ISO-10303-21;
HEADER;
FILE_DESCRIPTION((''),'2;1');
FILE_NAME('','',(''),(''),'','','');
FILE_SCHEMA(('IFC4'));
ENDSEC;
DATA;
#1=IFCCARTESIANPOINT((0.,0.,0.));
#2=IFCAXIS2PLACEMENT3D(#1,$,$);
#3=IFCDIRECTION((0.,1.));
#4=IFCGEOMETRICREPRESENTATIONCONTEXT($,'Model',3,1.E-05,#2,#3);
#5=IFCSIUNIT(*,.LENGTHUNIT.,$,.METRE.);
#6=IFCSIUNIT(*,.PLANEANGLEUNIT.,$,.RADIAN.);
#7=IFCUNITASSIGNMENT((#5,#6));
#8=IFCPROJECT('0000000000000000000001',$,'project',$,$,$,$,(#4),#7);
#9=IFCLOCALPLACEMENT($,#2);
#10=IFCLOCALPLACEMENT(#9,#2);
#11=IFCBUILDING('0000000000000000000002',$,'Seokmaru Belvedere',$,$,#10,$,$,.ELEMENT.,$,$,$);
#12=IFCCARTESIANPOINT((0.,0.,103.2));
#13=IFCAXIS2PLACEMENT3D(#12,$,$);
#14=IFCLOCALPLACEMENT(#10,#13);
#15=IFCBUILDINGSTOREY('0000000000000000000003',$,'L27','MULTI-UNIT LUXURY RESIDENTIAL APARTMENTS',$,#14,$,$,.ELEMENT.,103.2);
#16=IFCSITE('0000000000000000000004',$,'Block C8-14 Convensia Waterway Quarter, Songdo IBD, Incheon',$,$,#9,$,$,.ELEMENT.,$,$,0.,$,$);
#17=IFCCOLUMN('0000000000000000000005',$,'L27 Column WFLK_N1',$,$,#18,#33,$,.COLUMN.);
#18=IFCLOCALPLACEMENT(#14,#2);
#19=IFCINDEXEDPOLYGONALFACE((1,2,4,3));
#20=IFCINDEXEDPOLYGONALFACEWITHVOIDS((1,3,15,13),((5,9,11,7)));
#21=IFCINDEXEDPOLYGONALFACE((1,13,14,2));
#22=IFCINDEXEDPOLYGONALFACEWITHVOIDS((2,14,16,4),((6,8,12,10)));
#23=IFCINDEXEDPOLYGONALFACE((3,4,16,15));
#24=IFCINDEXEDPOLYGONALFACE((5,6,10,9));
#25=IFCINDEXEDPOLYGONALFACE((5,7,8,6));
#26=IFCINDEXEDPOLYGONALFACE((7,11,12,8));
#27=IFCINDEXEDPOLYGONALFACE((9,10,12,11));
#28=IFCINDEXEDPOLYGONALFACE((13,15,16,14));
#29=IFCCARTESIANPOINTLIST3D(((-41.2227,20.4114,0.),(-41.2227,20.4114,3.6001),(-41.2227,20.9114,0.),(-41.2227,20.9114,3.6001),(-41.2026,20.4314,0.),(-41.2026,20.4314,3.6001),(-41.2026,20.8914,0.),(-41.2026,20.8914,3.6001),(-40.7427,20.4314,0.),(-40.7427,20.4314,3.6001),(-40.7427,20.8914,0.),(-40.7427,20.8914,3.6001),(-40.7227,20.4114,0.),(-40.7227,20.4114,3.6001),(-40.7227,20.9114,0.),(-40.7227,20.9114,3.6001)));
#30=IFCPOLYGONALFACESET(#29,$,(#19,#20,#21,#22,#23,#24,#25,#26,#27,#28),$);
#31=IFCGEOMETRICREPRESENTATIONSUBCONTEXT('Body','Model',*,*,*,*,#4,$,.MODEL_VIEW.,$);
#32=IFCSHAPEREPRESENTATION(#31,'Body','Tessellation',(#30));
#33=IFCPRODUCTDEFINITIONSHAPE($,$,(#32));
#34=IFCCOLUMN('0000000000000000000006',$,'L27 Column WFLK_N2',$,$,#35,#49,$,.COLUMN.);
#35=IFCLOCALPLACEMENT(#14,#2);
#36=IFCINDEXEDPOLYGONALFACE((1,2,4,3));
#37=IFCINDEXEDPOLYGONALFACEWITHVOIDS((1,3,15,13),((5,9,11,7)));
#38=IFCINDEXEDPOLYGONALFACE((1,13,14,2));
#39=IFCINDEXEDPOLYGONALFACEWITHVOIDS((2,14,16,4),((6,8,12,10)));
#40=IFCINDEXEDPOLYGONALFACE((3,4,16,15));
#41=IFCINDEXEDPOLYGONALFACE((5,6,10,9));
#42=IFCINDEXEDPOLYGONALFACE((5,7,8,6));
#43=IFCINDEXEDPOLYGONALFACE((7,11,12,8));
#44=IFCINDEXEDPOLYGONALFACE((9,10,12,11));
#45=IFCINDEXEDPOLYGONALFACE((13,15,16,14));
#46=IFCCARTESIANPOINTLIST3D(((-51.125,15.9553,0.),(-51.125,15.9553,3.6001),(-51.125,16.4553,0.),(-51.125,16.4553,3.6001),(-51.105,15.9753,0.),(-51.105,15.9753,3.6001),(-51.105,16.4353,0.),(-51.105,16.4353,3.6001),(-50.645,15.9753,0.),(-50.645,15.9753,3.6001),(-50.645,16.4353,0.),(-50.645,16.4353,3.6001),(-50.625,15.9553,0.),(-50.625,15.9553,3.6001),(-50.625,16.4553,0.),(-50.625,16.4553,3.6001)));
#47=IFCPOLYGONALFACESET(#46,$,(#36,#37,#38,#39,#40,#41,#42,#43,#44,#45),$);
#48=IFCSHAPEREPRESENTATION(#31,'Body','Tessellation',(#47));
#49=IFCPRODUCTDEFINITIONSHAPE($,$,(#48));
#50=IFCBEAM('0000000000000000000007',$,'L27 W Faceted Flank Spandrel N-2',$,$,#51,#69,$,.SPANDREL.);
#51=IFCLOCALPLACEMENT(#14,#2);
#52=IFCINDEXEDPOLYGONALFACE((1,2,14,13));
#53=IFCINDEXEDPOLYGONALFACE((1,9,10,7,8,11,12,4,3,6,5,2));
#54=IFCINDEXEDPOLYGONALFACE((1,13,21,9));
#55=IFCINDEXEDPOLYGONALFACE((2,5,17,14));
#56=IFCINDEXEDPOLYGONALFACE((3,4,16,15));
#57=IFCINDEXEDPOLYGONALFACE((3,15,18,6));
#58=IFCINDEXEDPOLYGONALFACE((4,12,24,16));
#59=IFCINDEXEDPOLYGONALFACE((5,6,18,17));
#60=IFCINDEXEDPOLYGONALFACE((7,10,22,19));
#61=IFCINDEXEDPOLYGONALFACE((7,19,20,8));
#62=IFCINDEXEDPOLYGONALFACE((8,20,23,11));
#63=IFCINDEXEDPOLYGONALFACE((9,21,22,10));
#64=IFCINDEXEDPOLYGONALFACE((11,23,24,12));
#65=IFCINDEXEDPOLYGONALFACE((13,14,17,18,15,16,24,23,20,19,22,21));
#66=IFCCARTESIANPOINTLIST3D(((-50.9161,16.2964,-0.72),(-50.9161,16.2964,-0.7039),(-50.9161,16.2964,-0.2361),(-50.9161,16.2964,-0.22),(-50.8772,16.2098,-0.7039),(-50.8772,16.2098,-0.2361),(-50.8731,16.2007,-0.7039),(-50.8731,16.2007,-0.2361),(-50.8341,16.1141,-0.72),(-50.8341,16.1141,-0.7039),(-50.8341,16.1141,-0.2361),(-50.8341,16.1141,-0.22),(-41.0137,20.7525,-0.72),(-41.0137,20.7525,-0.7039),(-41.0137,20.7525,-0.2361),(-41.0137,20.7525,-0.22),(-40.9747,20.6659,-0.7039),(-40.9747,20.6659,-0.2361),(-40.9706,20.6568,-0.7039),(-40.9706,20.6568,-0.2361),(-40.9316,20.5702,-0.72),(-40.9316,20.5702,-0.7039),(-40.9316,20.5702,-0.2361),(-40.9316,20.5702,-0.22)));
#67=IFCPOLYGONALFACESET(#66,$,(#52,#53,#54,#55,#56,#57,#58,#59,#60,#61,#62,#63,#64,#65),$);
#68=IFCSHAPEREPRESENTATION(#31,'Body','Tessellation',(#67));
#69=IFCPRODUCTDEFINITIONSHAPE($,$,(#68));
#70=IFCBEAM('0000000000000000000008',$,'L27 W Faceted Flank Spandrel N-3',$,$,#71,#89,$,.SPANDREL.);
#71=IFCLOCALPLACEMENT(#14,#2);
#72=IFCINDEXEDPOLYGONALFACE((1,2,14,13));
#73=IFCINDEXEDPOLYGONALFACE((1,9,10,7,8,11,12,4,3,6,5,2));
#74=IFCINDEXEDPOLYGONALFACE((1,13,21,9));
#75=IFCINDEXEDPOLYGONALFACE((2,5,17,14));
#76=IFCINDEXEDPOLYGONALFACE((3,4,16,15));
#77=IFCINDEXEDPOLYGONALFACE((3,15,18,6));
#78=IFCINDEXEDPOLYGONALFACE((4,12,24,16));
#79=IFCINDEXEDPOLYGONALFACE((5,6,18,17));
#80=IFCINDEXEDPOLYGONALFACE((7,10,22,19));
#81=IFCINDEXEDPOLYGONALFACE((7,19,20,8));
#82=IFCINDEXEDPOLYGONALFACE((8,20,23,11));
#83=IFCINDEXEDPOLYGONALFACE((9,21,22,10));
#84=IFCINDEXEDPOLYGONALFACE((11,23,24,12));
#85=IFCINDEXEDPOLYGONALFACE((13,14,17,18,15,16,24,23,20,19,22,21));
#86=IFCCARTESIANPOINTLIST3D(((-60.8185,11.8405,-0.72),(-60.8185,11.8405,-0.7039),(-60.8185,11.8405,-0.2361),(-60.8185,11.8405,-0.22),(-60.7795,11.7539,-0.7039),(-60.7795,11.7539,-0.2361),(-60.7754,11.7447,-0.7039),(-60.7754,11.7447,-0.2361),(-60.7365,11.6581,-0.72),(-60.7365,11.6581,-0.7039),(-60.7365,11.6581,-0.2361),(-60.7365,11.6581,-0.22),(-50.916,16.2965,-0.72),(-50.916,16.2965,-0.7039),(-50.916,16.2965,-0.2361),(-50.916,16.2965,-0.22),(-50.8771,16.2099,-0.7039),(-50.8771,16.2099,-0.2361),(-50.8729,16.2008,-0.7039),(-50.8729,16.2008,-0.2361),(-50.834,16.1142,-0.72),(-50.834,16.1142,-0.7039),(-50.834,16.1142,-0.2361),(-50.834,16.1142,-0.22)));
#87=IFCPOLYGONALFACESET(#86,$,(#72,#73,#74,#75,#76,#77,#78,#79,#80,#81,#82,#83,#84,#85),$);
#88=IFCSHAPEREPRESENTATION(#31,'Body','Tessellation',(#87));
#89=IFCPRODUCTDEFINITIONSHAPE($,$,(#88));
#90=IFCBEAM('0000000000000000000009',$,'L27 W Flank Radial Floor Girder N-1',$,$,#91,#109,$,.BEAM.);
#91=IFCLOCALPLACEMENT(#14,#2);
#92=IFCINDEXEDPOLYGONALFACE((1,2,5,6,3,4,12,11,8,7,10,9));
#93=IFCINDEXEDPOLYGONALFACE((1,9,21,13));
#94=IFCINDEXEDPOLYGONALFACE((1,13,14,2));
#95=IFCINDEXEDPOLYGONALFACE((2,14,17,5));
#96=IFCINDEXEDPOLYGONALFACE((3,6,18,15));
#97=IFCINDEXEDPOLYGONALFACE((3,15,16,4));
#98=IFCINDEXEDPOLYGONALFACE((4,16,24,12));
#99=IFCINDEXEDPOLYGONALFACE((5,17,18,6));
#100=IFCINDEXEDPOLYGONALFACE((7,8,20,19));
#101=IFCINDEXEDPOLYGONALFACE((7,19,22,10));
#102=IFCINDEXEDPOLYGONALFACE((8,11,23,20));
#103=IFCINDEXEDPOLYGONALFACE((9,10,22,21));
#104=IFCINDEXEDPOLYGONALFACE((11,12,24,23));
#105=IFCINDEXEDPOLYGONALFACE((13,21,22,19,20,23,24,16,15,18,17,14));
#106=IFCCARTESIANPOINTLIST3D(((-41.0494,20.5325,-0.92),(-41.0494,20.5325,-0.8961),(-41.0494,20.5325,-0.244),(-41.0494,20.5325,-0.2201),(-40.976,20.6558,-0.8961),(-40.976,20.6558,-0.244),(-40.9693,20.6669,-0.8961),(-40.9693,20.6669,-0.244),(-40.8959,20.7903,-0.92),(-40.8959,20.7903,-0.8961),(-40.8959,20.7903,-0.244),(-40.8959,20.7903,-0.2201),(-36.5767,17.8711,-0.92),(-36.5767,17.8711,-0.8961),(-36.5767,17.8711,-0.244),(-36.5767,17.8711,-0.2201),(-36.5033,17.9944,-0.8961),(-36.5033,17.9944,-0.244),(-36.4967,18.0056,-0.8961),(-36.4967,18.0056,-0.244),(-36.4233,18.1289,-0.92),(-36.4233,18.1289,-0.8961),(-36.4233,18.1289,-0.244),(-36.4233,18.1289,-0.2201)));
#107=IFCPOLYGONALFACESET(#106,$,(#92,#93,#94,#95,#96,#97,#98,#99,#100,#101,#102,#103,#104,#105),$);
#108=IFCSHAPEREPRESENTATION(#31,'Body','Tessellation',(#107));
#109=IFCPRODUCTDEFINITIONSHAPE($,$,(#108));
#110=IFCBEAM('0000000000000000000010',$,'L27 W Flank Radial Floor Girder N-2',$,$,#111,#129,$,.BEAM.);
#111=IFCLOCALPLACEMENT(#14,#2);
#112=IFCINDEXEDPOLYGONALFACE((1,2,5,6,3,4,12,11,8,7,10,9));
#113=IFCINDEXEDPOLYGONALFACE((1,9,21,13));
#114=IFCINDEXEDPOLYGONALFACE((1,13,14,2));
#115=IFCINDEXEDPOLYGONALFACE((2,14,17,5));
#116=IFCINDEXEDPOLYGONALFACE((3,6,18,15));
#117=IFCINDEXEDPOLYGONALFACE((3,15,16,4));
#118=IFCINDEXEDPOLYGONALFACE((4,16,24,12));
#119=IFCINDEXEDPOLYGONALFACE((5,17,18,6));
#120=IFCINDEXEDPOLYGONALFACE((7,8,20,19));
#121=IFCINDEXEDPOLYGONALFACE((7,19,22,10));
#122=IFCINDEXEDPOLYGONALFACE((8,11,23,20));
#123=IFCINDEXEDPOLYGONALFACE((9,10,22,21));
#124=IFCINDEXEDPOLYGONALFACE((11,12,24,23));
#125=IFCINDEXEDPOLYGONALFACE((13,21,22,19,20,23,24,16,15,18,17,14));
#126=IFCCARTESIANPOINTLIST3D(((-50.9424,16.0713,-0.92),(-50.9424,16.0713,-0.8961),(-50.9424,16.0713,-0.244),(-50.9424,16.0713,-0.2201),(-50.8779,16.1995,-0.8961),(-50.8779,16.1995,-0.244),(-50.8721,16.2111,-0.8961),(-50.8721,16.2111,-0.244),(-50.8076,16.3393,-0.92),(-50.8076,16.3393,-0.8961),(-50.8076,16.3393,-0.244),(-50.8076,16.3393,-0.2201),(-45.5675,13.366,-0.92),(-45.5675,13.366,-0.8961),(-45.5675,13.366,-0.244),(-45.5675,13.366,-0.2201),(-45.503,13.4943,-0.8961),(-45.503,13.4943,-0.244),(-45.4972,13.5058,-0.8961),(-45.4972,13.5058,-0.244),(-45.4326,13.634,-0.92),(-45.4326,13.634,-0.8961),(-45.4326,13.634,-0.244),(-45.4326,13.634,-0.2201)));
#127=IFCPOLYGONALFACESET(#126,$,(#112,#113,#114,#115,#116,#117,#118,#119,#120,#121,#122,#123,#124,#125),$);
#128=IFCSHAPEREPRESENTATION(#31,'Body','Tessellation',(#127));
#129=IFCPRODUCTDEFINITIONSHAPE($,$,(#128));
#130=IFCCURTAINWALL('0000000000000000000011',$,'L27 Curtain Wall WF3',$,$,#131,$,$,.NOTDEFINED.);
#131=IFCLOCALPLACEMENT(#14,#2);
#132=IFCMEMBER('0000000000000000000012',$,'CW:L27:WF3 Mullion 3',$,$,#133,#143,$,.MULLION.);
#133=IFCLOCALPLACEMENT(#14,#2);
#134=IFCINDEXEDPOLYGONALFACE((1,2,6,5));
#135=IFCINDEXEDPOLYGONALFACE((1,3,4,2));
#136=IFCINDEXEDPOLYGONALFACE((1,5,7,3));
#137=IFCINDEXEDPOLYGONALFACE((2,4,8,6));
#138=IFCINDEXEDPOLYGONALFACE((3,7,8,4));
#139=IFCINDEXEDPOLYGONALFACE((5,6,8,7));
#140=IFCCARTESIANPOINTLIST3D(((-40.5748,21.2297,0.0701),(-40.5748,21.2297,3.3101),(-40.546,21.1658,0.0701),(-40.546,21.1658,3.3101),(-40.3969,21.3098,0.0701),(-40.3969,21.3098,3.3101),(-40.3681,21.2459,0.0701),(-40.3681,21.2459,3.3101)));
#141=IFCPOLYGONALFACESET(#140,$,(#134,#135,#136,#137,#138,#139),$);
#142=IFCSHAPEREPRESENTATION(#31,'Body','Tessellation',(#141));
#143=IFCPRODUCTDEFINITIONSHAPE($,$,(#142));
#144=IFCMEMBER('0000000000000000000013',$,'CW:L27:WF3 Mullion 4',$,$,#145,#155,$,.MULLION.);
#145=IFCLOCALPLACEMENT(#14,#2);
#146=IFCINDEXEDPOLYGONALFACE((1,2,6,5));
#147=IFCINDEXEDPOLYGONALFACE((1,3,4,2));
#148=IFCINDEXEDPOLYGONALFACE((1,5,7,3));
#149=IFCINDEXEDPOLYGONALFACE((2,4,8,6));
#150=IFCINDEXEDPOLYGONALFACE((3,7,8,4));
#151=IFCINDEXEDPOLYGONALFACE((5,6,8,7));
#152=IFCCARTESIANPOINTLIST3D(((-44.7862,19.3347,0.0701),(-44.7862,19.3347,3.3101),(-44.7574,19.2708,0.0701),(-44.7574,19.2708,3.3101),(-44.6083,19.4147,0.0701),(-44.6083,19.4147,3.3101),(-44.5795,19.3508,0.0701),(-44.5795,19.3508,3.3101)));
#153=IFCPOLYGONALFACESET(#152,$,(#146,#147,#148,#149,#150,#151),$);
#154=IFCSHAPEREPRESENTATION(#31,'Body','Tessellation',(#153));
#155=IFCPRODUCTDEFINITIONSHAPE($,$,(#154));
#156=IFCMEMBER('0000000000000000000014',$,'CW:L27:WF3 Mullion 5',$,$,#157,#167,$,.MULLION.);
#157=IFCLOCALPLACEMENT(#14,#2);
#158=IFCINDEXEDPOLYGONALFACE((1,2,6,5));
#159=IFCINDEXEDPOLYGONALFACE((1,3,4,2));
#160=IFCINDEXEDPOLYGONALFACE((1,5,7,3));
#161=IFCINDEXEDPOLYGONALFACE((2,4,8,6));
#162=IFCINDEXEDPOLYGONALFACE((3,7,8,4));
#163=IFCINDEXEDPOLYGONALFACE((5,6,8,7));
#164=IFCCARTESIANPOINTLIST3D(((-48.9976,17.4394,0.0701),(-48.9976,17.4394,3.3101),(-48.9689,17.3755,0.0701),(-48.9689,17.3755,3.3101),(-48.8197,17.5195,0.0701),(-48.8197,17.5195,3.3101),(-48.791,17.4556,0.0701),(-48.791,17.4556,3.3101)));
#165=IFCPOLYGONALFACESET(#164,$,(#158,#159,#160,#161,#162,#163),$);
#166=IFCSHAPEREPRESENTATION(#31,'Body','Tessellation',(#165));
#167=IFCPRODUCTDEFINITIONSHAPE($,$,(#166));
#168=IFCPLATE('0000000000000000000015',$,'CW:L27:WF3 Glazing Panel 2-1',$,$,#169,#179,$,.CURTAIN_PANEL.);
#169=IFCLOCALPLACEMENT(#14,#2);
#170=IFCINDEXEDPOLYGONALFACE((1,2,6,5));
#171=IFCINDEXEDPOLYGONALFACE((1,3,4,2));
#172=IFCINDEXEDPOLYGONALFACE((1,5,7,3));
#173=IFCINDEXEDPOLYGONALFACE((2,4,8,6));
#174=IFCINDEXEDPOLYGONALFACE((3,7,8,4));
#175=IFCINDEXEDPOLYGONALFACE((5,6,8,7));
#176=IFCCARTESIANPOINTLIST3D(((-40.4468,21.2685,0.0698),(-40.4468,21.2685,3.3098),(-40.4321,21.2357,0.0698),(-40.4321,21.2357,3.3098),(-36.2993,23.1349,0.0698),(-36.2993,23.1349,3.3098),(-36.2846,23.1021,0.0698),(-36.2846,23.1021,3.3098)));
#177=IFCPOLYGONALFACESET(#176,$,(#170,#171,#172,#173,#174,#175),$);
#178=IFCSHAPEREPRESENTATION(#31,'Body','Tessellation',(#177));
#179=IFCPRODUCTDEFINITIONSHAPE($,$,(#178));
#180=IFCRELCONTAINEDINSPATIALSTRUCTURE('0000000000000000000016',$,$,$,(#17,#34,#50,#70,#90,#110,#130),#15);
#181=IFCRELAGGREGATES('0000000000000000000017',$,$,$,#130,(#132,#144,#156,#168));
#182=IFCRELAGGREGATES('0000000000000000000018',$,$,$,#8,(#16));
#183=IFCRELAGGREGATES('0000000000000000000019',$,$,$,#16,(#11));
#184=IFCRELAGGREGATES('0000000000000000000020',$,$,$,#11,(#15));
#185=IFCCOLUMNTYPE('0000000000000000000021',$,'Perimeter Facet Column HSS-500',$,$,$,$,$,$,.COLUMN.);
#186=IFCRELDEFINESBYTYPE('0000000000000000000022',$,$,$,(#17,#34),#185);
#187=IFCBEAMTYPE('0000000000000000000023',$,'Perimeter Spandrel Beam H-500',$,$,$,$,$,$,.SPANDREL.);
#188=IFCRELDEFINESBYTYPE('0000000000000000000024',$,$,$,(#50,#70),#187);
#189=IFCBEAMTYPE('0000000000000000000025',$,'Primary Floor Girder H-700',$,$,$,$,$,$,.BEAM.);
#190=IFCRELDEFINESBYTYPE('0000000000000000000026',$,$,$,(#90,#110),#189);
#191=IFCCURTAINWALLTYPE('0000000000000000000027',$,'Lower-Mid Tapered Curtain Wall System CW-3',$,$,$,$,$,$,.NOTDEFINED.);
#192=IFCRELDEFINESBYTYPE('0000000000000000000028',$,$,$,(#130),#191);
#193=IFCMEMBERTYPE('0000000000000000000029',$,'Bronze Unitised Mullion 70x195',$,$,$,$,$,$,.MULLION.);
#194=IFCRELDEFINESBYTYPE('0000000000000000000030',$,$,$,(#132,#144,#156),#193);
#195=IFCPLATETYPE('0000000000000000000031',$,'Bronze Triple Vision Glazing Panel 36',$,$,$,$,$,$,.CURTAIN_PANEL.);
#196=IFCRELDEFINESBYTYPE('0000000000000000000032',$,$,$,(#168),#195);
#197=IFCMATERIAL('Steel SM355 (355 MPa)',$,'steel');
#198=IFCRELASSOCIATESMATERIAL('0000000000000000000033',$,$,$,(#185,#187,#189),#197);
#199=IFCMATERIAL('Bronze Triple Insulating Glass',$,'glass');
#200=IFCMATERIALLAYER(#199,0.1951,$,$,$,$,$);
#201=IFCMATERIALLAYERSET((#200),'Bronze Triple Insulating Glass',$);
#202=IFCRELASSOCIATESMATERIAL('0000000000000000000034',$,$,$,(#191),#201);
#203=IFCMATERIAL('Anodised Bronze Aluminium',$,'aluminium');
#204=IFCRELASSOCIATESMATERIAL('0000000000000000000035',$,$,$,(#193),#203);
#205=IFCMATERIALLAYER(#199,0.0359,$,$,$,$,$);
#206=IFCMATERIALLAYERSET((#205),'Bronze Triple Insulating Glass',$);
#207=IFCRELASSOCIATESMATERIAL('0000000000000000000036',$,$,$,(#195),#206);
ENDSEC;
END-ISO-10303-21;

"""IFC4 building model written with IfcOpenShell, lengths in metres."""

from ifc_helpers import new_model, si_unit, direction, frame, origin, origin_2d, place, context, subcontext, project, spatial, rectangle, hollow_rectangle, i_section, extrude, source, transform, mapped, material, layer, layer_set, material_profile, profile_set, type_object, type_shapes, element, aggregate, save


model = new_model("IFC4")

# Units and contexts
model_context = context("Model", 3, precision=1e-05, world=origin(), true_north=direction((0.0, 1.0)))
body_context = subcontext(model_context, "Body", "Model", "MODEL_VIEW")
ifc_project = project(units=[si_unit("LENGTHUNIT", "METRE"), si_unit("PLANEANGLEUNIT", "RADIAN")], contexts=[model_context])

# Site, building, storey
site_placement = place(None, origin())
site = spatial("IfcSite", under=ifc_project, at=site_placement, Name="Block C8-14 Convensia Waterway Quarter, Songdo IBD, Incheon", CompositionType="ELEMENT", RefElevation=0.0)
building_placement = place(site_placement, origin())
building = spatial("IfcBuilding", under=site, at=building_placement, Name="Seokmaru Belvedere", CompositionType="ELEMENT")
storey_placement = place(building_placement, frame((0.0, 0.0, 103.2)))
storey = spatial("IfcBuildingStorey", under=building, at=storey_placement, Name="L27", Description="MULTI-UNIT LUXURY RESIDENTIAL APARTMENTS", CompositionType="ELEMENT", Elevation=103.2)

# Columns
ifc_material_1 = material(Name="Steel SM355 (355 MPa)", Category="steel")
ifc_material_profile_1 = material_profile(ifc_material_1, hollow_rectangle(XDim=0.5, YDim=0.5, WallThickness=0.02, at=origin_2d()), Name="HSS-500x500x20")
ifc_profile_set_1 = profile_set([ifc_material_profile_1], Name="Steel SM355 (355 MPa)")
column_type = type_object("IfcColumnType", Name="Perimeter Facet Column HSS-500", PredefinedType="COLUMN", material=ifc_profile_set_1)
shared_shape_1 = source(origin(), body_context, "Body", "SweptSolid", [
    extrude(hollow_rectangle(XDim=0.5, YDim=0.5, WallThickness=0.02, at=origin_2d()), origin(), (0.0, 0.0, 1.0), 3.6001),
])
type_shapes(column_type, [shared_shape_1])
for number, where, z_axis, x_axis, name in (
    (1, (-40.9727, 20.6614, 0.0), (0.0, 0.0, 1.0), (1.0, 0.0, 0.0), "L27 Column WFLK_N1"),
    (2, (-50.875, 16.2053, 0.0), (0.0, 0.0, 1.0), (1.0, 0.0, 0.0), "L27 Column WFLK_N2"),
):
    element("IfcColumn", number, at=place(storey_placement, frame(where, z_axis=z_axis, x_axis=x_axis)), inside=storey, type_object=column_type, Name=name, PredefinedType="COLUMN", context=body_context, shape_type="MappedRepresentation", body=[
        mapped(shared_shape_1, transform((0.0, 0.0, 0.0), scale=1.0)),
    ])

# Beams
ifc_material_profile_2 = material_profile(ifc_material_1, i_section(OverallWidth=0.2, OverallDepth=0.5, WebThickness=0.01, FlangeThickness=0.0161, at=origin_2d()), Name="H-500x200x10x16")
ifc_profile_set_2 = profile_set([ifc_material_profile_2], Name="Steel SM355 (355 MPa)")
beam_type_1 = type_object("IfcBeamType", Name="Perimeter Spandrel Beam H-500", PredefinedType="SPANDREL", material=ifc_profile_set_2)
shared_shape_2 = source(origin(), body_context, "Body", "SweptSolid", [
    extrude(i_section(OverallWidth=0.2, OverallDepth=0.5, WebThickness=0.01, FlangeThickness=0.0161, at=origin_2d()), origin(), (0.0, 0.0, 1.0), 10.8589),
])
type_shapes(beam_type_1, [shared_shape_2])
for number, where, z_axis, x_axis, name in (
    (3, (-40.9727, 20.6614, -0.47), (-0.911922, -0.410365, 0.0), (0.410365, -0.911922, 0.0), "L27 W Faceted Flank Spandrel N-2"),
    (4, (-50.875, 16.2053, -0.47), (-0.911925, -0.410356, 0.0), (0.410356, -0.911925, 0.0), "L27 W Faceted Flank Spandrel N-3"),
):
    element("IfcBeam", number, at=place(storey_placement, frame(where, z_axis=z_axis, x_axis=x_axis)), inside=storey, type_object=beam_type_1, Name=name, PredefinedType="SPANDREL", context=body_context, shape_type="MappedRepresentation", body=[
        mapped(shared_shape_2, transform((0.0, 0.0, 0.0), scale=1.0)),
    ])
ifc_material_profile_3 = material_profile(ifc_material_1, i_section(OverallWidth=0.3, OverallDepth=0.7, WebThickness=0.0129, FlangeThickness=0.0239, at=origin_2d()), Name="H-700x300x13x24")
ifc_profile_set_3 = profile_set([ifc_material_profile_3], Name="Steel SM355 (355 MPa)")
beam_type_2 = type_object("IfcBeamType", Name="Primary Floor Girder H-700", PredefinedType="BEAM", material=ifc_profile_set_3)
shared_shape_3 = source(origin(), body_context, "Body", "SweptSolid", [
    extrude(i_section(OverallWidth=0.3, OverallDepth=0.7, WebThickness=0.0129, FlangeThickness=0.0239, at=origin_2d()), origin(), (0.0, 0.0, 1.0), 5.2046),
])
beam_1_placement = place(storey_placement, frame((-40.9727, 20.6614, -0.5701), z_axis=(0.85937, -0.511354, 0.0), x_axis=(0.511354, 0.85937, 0.0)))
element("IfcBeam", 5, at=beam_1_placement, inside=storey, type_object=beam_type_2, Name="L27 W Flank Radial Floor Girder N-1", PredefinedType="BEAM", context=body_context, shape_type="MappedRepresentation", body=[
    mapped(shared_shape_3, transform((0.0, 0.0, 0.0), scale=1.0)),
])
shared_shape_4 = source(origin(), body_context, "Body", "SweptSolid", [
    extrude(i_section(OverallWidth=0.3, OverallDepth=0.7, WebThickness=0.0129, FlangeThickness=0.0239, at=origin_2d()), origin(), (0.0, 0.0, 1.0), 6.0173),
])
type_shapes(beam_type_2, [shared_shape_3, shared_shape_4])
beam_2_placement = place(storey_placement, frame((-50.875, 16.2053, -0.5701), z_axis=(0.893239, -0.449581, 0.0), x_axis=(0.449581, 0.893239, 0.0)))
element("IfcBeam", 6, at=beam_2_placement, inside=storey, type_object=beam_type_2, Name="L27 W Flank Radial Floor Girder N-2", PredefinedType="BEAM", context=body_context, shape_type="MappedRepresentation", body=[
    mapped(shared_shape_4, transform((0.0, 0.0, 0.0), scale=1.0)),
])

# Curtain wall, members, plate
ifc_material_2 = material(Name="Bronze Triple Insulating Glass", Category="glass")
ifc_layer_1 = layer(ifc_material_2, 0.1951)
ifc_layer_set_1 = layer_set([ifc_layer_1], Name="Bronze Triple Insulating Glass")
curtain_wall_type = type_object("IfcCurtainWallType", Name="Lower-Mid Tapered Curtain Wall System CW-3", PredefinedType="NOTDEFINED", material=ifc_layer_set_1)
curtain_wall_placement = place(storey_placement, origin())
curtain_wall = element("IfcCurtainWall", 7, at=curtain_wall_placement, inside=storey, type_object=curtain_wall_type, Name="L27 Curtain Wall WF3", PredefinedType="NOTDEFINED")
ifc_material_3 = material(Name="Anodised Bronze Aluminium", Category="aluminium")
ifc_material_profile_4 = material_profile(ifc_material_3, rectangle(XDim=0.0701, YDim=0.1951, at=origin_2d()), Name="CW-M-70x195")
ifc_profile_set_4 = profile_set([ifc_material_profile_4], Name="Anodised Bronze Aluminium")
member_type = type_object("IfcMemberType", Name="Bronze Unitised Mullion 70x195", PredefinedType="MULLION", material=ifc_profile_set_4)
shared_shape_5 = source(origin(), body_context, "Body", "SweptSolid", [
    extrude(rectangle(XDim=0.0701, YDim=0.1951, at=origin_2d()), origin(), (0.0, 0.0, 1.0), 3.24),
])
type_shapes(member_type, [shared_shape_5])
member_1_placement = place(storey_placement, frame((-40.4714, 21.2378, 0.0701), z_axis=(0.0, 0.0, 1.0), x_axis=(0.410366, -0.911921, 0.0)))
member_1 = element("IfcMember", 8, at=member_1_placement, type_object=member_type, Name="CW:L27:WF3 Mullion 3", PredefinedType="MULLION", context=body_context, shape_type="MappedRepresentation", body=[
    mapped(shared_shape_5, transform((0.0, 0.0, 0.0), scale=1.0)),
])
member_2_placement = place(storey_placement, frame((-44.6829, 19.3428, 0.0701), z_axis=(0.0, 0.0, 1.0), x_axis=(0.410366, -0.911921, 0.0)))
member_2 = element("IfcMember", 9, at=member_2_placement, type_object=member_type, Name="CW:L27:WF3 Mullion 4", PredefinedType="MULLION", context=body_context, shape_type="MappedRepresentation", body=[
    mapped(shared_shape_5, transform((0.0, 0.0, 0.0), scale=1.0)),
])
member_3_placement = place(storey_placement, frame((-48.8943, 17.4475, 0.0701), z_axis=(0.0, 0.0, 1.0), x_axis=(0.410366, -0.911921, 0.0)))
member_3 = element("IfcMember", 10, at=member_3_placement, type_object=member_type, Name="CW:L27:WF3 Mullion 5", PredefinedType="MULLION", context=body_context, shape_type="MappedRepresentation", body=[
    mapped(shared_shape_5, transform((0.0, 0.0, 0.0), scale=1.0)),
])
ifc_layer_2 = layer(ifc_material_2, 0.0359)
ifc_layer_set_2 = layer_set([ifc_layer_2], Name="Bronze Triple Insulating Glass")
plate_type = type_object("IfcPlateType", Name="Bronze Triple Vision Glazing Panel 36", PredefinedType="CURTAIN_PANEL", material=ifc_layer_set_2)
shared_shape_6 = source(origin(), body_context, "Body", "SweptSolid", [
    extrude(rectangle(XDim=4.5481, YDim=0.0359, at=origin_2d()), origin(), (0.0, 0.0, 1.0), 3.24),
])
type_shapes(plate_type, [shared_shape_6])
plate_1_placement = place(storey_placement, frame((-38.3657, 22.1853, 0.0698), z_axis=(0.0, 0.0, 1.0), x_axis=(-0.911921, -0.410366, 0.0)))
plate_1 = element("IfcPlate", 11, at=plate_1_placement, type_object=plate_type, Name="CW:L27:WF3 Glazing Panel 2-1", PredefinedType="CURTAIN_PANEL", context=body_context, shape_type="MappedRepresentation", body=[
    mapped(shared_shape_6, transform((0.0, 0.0, 0.0), scale=1.0)),
])
aggregate(curtain_wall, [member_1, member_2, member_3, plate_1])

save(model, "model.ifc")
